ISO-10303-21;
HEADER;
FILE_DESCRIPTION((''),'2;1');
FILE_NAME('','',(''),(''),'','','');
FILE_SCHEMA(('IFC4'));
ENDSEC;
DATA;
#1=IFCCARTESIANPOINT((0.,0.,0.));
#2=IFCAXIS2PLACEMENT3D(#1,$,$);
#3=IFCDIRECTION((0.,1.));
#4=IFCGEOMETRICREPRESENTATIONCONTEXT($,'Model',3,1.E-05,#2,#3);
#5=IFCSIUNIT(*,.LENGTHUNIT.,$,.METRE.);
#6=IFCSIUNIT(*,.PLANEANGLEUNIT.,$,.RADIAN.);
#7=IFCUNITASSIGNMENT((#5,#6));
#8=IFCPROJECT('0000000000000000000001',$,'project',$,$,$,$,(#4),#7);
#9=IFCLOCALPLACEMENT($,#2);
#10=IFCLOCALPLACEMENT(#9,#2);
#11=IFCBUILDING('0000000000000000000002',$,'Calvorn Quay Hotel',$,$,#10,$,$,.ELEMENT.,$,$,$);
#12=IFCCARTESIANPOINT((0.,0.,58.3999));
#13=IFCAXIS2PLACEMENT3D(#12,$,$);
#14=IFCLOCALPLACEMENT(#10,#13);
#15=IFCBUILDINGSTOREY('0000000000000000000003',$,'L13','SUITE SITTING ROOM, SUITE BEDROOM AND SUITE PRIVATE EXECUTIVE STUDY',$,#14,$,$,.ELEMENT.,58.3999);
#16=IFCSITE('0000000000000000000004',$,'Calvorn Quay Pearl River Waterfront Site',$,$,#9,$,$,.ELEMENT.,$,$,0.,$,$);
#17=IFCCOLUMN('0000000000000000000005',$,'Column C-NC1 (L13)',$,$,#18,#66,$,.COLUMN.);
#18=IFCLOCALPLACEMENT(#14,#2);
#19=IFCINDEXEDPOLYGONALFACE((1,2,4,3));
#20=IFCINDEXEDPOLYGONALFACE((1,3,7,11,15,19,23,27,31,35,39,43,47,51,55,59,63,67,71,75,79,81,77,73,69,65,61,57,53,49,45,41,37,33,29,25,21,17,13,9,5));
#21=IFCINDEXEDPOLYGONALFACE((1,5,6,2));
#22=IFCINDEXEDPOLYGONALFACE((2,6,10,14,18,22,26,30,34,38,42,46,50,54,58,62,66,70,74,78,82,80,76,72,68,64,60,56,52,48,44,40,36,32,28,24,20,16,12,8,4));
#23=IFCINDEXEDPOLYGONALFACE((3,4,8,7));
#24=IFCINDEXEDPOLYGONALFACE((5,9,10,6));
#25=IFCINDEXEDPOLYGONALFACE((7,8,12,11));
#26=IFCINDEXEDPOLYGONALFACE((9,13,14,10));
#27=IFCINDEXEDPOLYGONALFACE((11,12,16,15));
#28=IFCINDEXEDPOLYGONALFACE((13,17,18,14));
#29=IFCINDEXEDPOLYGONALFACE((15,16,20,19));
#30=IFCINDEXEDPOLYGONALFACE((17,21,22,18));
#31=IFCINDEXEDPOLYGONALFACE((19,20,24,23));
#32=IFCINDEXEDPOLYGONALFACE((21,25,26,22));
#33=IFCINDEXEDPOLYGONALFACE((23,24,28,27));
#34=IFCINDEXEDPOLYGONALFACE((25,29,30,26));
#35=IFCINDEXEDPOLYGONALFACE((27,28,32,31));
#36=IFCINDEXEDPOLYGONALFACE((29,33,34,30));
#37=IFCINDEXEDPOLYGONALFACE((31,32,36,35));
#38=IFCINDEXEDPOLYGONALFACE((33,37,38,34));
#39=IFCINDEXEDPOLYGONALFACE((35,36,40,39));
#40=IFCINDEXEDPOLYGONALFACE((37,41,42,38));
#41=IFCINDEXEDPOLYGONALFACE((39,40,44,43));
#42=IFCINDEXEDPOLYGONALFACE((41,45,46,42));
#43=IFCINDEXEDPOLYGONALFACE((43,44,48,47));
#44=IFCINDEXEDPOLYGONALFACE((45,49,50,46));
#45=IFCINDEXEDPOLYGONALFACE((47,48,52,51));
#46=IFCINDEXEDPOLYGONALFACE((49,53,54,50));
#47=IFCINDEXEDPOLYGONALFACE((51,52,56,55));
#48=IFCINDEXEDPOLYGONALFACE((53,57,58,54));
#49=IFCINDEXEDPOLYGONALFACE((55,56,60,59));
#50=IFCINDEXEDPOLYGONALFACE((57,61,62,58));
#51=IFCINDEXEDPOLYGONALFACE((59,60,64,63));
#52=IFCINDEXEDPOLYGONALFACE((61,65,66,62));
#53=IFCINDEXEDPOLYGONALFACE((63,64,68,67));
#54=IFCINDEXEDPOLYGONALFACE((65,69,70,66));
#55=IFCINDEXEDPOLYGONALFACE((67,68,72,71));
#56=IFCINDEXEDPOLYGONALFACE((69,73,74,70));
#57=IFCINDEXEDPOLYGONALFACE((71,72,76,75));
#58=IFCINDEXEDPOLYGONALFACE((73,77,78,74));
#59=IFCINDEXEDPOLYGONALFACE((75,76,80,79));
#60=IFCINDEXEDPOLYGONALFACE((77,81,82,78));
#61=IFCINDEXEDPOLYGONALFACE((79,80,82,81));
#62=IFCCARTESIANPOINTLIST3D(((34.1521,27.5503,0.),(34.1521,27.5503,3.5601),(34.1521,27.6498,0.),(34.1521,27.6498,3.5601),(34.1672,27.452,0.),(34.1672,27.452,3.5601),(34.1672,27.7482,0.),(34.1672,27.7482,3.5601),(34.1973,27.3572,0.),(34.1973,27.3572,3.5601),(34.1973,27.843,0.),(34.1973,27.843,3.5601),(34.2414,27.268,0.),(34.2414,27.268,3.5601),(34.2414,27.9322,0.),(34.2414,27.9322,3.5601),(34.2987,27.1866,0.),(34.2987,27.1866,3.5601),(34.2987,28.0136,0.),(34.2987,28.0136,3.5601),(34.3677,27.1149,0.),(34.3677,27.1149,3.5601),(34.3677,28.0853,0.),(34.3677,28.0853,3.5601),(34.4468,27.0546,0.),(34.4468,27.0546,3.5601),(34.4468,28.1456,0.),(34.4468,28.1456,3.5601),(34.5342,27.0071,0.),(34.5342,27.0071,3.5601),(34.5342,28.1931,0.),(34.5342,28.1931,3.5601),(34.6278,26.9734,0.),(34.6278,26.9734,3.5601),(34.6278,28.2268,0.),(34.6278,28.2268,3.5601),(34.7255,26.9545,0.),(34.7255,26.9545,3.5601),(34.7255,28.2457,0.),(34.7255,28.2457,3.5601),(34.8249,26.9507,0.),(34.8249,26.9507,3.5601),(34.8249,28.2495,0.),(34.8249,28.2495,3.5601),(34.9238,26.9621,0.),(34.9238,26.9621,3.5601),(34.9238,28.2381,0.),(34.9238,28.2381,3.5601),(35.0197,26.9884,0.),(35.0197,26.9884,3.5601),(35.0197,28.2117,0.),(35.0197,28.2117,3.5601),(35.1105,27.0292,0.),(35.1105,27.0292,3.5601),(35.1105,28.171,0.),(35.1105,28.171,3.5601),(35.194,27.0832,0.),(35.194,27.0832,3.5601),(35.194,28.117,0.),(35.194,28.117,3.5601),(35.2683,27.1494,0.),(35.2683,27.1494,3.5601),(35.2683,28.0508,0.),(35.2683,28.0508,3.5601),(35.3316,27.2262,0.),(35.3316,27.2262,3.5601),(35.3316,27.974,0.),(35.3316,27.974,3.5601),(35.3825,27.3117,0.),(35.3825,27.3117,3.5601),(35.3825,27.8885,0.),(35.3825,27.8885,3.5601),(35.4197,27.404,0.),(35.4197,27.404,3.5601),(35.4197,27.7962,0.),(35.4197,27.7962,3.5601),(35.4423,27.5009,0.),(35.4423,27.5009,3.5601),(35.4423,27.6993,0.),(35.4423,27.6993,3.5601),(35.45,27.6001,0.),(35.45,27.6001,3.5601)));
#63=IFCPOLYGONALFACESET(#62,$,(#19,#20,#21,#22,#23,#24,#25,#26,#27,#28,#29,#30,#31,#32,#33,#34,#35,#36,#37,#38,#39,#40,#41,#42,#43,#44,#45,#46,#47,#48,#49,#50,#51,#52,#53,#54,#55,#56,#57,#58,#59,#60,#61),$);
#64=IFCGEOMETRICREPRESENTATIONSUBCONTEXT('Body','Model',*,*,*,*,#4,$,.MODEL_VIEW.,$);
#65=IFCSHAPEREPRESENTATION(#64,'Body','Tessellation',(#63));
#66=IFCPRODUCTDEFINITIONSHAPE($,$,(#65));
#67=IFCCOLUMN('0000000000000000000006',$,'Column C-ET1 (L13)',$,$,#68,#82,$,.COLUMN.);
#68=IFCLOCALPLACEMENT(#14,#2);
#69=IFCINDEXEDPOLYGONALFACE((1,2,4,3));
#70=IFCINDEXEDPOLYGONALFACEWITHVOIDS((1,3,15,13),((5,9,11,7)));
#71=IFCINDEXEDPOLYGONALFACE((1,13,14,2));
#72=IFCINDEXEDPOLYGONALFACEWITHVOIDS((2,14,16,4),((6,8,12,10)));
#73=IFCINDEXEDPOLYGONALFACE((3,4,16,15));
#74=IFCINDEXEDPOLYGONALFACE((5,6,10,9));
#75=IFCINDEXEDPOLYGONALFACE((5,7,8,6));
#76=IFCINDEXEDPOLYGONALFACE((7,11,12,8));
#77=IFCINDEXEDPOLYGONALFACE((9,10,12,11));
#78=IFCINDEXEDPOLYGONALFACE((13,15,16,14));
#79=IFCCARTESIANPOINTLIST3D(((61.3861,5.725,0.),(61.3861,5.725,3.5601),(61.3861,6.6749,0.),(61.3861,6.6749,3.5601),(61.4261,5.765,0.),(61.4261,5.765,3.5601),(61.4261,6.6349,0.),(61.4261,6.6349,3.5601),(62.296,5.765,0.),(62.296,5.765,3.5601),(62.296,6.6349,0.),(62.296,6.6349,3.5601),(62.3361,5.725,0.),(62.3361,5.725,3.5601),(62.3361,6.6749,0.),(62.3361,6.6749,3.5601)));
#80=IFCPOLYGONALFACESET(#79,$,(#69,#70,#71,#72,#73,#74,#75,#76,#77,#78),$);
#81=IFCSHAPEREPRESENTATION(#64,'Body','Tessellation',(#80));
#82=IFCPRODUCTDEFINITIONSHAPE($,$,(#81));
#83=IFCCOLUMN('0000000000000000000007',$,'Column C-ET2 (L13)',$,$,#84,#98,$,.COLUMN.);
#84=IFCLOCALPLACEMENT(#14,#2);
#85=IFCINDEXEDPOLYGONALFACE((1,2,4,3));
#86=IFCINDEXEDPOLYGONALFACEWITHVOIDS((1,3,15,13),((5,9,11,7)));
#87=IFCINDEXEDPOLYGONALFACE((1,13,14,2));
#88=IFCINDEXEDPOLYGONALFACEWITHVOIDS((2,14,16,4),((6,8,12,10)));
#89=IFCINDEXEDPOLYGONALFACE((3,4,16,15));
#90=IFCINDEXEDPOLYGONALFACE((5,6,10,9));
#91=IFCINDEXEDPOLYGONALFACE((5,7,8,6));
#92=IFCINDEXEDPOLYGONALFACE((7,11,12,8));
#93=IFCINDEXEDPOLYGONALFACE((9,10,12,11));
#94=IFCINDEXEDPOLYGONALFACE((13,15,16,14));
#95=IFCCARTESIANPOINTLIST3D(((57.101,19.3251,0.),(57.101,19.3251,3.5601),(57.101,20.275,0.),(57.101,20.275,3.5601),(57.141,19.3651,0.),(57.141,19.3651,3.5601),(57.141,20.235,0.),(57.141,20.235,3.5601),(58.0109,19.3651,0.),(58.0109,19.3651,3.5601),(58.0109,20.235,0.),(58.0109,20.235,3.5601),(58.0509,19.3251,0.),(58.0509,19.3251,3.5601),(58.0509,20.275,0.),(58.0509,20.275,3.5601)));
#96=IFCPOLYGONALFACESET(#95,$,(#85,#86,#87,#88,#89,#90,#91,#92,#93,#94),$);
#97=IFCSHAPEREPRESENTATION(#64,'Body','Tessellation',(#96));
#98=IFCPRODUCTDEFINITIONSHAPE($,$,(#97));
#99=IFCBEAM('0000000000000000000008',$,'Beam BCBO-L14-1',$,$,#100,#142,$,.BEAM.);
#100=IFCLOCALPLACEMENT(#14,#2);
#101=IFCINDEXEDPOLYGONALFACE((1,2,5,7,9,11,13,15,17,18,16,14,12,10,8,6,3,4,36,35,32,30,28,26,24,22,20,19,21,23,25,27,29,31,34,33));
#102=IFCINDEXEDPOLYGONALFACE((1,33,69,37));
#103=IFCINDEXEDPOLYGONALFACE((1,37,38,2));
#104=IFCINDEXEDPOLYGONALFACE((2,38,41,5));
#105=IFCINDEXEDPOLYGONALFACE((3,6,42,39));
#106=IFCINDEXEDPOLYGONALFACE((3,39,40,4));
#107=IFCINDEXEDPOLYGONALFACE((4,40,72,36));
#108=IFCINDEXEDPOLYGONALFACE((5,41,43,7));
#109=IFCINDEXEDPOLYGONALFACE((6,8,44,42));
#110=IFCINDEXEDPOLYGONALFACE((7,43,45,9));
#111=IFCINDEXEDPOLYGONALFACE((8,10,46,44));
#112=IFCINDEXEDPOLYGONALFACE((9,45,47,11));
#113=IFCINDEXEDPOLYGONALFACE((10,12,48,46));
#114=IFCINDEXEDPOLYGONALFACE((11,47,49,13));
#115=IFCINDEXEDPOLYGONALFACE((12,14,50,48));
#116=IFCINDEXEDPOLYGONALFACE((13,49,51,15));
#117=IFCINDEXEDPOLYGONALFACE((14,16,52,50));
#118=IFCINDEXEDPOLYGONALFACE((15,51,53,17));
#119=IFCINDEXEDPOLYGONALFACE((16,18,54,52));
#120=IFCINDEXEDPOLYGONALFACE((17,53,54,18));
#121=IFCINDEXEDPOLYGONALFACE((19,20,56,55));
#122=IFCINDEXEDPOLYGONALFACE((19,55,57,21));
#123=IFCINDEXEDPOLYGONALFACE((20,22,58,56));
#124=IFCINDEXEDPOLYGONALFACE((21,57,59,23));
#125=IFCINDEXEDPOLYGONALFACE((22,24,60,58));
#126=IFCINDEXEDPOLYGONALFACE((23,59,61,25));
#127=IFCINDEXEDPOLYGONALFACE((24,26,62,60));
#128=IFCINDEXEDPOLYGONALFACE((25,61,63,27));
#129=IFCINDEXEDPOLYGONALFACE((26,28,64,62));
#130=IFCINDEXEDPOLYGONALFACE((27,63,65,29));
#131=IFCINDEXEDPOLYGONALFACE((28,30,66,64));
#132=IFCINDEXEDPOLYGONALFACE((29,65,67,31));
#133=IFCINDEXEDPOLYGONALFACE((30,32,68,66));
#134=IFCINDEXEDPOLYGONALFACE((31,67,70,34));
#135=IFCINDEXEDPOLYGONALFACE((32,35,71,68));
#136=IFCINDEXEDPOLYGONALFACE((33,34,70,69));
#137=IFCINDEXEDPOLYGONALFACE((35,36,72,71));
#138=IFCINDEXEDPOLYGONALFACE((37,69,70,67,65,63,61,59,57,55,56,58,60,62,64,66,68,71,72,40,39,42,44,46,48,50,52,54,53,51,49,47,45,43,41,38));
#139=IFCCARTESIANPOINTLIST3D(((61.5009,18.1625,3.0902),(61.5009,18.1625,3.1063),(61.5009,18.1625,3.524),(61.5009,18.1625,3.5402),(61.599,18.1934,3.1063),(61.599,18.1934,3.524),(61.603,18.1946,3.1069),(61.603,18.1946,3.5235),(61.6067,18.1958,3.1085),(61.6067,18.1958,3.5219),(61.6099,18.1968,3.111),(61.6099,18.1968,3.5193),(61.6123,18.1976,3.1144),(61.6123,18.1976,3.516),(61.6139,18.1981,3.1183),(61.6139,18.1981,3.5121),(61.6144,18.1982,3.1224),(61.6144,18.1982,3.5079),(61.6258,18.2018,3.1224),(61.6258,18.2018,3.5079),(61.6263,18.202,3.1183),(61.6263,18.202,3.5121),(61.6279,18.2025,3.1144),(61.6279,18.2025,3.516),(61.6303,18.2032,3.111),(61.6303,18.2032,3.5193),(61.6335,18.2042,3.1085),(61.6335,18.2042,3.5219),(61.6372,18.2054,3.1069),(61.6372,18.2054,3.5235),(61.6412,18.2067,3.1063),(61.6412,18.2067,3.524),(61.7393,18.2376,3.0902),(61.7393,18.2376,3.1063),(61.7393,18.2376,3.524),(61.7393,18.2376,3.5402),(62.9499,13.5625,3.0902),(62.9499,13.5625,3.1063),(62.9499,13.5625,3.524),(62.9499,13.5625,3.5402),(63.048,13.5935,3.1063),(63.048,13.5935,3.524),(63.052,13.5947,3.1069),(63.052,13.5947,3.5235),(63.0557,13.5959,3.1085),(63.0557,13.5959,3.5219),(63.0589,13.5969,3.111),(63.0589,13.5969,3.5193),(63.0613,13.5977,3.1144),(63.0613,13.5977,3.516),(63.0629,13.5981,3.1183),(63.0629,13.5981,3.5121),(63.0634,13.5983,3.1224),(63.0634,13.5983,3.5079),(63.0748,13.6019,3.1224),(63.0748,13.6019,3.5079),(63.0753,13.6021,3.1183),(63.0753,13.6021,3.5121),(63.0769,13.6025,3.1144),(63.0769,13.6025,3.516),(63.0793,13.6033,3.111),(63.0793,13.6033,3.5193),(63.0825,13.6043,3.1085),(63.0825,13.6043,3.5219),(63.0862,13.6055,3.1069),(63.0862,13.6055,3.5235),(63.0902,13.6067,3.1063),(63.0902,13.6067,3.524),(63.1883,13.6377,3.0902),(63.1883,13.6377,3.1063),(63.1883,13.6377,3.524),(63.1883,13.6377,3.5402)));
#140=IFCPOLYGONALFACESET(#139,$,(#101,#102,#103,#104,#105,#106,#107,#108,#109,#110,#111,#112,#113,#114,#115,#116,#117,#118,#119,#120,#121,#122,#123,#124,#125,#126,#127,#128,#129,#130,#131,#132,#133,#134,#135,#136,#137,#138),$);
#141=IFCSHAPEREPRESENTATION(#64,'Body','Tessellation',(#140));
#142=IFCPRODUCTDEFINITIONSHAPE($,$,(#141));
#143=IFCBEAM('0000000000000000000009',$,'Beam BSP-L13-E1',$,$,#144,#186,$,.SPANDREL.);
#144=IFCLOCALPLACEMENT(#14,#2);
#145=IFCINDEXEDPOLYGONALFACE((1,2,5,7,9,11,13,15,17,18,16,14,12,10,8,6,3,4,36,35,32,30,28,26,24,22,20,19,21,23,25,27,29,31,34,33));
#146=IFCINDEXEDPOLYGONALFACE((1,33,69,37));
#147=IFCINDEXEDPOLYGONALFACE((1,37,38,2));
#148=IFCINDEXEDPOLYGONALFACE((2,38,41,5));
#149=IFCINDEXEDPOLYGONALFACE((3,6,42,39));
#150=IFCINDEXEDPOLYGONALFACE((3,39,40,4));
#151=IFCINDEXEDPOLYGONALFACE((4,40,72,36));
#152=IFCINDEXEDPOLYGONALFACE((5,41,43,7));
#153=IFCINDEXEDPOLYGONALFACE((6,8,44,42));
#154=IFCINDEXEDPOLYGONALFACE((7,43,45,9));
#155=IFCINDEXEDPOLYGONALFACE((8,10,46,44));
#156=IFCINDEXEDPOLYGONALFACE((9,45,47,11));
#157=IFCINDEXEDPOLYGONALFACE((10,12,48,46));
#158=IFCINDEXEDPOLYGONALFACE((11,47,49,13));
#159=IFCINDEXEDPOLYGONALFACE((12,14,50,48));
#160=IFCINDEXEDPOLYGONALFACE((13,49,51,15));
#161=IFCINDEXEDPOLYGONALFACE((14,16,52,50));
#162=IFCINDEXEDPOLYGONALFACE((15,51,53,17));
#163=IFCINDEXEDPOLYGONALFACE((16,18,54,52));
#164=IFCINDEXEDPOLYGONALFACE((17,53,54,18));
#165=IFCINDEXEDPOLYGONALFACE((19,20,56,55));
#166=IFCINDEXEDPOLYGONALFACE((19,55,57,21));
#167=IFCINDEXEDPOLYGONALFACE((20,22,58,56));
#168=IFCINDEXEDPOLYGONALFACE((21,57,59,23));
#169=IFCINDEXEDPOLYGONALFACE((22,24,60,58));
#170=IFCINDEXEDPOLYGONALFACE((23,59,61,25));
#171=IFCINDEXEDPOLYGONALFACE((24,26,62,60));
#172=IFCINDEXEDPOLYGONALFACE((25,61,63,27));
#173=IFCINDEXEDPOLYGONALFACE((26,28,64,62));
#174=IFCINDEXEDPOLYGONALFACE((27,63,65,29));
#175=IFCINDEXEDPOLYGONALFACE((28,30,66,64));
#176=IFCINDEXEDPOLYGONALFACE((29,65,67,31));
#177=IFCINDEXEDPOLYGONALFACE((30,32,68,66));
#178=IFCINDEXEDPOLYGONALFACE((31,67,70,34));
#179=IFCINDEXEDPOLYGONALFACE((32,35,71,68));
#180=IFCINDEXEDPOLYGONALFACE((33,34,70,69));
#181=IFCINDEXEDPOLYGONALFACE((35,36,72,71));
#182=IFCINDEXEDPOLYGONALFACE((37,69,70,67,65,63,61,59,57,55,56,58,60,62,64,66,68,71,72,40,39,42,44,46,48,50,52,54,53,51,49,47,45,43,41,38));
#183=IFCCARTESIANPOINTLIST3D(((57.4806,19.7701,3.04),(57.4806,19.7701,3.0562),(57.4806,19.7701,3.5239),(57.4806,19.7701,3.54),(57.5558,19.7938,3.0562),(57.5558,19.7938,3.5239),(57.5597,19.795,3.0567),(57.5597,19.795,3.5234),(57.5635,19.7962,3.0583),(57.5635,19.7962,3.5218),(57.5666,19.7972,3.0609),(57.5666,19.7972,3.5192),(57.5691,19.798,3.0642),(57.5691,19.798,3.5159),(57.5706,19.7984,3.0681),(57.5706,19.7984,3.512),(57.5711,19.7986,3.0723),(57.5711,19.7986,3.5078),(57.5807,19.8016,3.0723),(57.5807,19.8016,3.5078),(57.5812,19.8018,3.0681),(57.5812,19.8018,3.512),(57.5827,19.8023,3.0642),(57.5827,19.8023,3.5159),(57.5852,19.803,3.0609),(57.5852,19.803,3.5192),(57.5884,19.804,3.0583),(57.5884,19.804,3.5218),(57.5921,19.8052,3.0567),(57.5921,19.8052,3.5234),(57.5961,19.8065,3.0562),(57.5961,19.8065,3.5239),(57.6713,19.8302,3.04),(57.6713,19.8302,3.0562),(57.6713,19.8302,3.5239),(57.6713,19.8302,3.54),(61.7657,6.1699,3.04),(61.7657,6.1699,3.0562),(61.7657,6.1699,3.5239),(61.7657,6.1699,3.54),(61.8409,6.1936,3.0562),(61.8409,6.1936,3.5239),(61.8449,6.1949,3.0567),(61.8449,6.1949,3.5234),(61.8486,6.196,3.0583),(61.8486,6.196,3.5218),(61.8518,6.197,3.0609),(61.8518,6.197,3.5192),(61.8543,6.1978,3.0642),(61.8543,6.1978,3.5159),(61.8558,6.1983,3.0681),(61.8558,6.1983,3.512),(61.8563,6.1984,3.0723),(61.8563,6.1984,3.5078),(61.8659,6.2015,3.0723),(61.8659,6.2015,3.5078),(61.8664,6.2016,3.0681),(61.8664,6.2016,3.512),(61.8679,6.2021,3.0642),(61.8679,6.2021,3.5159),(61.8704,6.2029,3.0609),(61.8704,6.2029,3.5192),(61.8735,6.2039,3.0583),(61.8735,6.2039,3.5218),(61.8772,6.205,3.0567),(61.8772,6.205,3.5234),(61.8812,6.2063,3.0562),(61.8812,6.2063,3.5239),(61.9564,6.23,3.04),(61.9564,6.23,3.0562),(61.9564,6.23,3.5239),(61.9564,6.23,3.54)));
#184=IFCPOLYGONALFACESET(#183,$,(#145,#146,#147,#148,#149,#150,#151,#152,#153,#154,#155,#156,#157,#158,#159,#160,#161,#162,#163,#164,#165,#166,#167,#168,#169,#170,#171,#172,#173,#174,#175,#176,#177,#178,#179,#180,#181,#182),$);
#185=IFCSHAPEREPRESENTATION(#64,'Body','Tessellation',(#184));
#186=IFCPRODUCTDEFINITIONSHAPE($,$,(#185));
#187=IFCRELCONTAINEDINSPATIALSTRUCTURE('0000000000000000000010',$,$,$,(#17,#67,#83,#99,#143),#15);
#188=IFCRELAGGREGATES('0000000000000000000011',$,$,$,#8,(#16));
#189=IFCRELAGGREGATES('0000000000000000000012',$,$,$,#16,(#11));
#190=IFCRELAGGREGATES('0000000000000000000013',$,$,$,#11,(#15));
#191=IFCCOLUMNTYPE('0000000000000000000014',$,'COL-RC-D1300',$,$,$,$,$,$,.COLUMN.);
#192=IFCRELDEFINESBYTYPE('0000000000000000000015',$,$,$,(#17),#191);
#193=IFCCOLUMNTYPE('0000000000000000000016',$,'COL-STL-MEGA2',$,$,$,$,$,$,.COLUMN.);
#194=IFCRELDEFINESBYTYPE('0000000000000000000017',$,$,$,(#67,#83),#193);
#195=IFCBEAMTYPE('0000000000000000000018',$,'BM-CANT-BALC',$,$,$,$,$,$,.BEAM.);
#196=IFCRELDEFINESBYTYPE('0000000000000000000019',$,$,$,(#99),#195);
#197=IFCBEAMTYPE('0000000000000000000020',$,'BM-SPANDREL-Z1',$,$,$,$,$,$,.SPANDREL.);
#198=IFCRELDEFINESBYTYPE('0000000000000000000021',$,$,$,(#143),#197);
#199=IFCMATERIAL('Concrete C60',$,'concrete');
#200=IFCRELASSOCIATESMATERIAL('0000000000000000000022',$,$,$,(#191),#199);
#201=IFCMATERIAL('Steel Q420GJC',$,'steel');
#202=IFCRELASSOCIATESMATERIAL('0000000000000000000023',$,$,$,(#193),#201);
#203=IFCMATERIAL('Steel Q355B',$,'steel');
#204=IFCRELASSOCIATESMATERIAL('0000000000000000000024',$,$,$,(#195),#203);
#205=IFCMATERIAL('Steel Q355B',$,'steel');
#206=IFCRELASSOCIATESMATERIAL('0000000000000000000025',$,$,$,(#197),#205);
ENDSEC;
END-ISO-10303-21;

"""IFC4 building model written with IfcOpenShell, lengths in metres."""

from ifc_helpers import new_model, si_unit, direction, frame, origin, origin_2d, place, context, subcontext, project, spatial, hollow_rectangle, circle, i_section, extrude, material, material_profile, profile_set, type_object, element, save


model = new_model("IFC4")

# Units and contexts
model_context = context("Model", 3, precision=1e-05, world=origin(), true_north=direction((0.0, 1.0)))
body_context = subcontext(model_context, "Body", "Model", "MODEL_VIEW")
ifc_project = project(units=[si_unit("LENGTHUNIT", "METRE"), si_unit("PLANEANGLEUNIT", "RADIAN")], contexts=[model_context])

# Site, building, storey
site_placement = place(None, origin())
site = spatial("IfcSite", under=ifc_project, at=site_placement, Name="Calvorn Quay Pearl River Waterfront Site", CompositionType="ELEMENT", RefElevation=0.0)
building_placement = place(site_placement, origin())
building = spatial("IfcBuilding", under=site, at=building_placement, Name="Calvorn Quay Hotel", CompositionType="ELEMENT")
storey_placement = place(building_placement, frame((0.0, 0.0, 58.3999)))
storey = spatial("IfcBuildingStorey", under=building, at=storey_placement, Name="L13", Description="SUITE SITTING ROOM, SUITE BEDROOM AND SUITE PRIVATE EXECUTIVE STUDY", CompositionType="ELEMENT", Elevation=58.3999)

# Columns
ifc_material_1 = material(Name="Concrete C60", Category="concrete")
ifc_material_profile_1 = material_profile(ifc_material_1, circle(Radius=0.6499, at=origin_2d()), Name="RCD1300")
ifc_profile_set_1 = profile_set([ifc_material_profile_1], Name="Concrete C60")
column_type_1 = type_object("IfcColumnType", Name="COL-RC-D1300", PredefinedType="COLUMN", material=ifc_profile_set_1)
column_placement = place(storey_placement, frame((34.8, 27.6001, 0.0), z_axis=(0.0, 0.0, 1.0), x_axis=(1.0, 0.0, 0.0)))
element("IfcColumn", 1, at=column_placement, inside=storey, type_object=column_type_1, Name="Column C-NC1 (L13)", PredefinedType="COLUMN", context=body_context, shape_type="SweptSolid", body=[
    extrude(circle(Radius=0.6499, at=origin_2d()), origin(), (0.0, 0.0, 1.0), 3.5601),
])
ifc_material_2 = material(Name="Steel Q420GJC", Category="steel")
ifc_material_profile_2 = material_profile(ifc_material_2, hollow_rectangle(XDim=0.95, YDim=0.95, WallThickness=0.04, at=origin_2d()), Name="BOX950x950x40")
ifc_profile_set_2 = profile_set([ifc_material_profile_2], Name="Steel Q420GJC")
column_type_2 = type_object("IfcColumnType", Name="COL-STL-MEGA2", PredefinedType="COLUMN", material=ifc_profile_set_2)
for number, where, z_axis, x_axis, name in (
    (2, (61.8611, 6.2, 0.0), (0.0, 0.0, 1.0), (1.0, 0.0, 0.0), "Column C-ET1 (L13)"),
    (3, (57.5759, 19.8, 0.0), (0.0, 0.0, 1.0), (1.0, 0.0, 0.0), "Column C-ET2 (L13)"),
):
    element("IfcColumn", number, at=place(storey_placement, frame(where, z_axis=z_axis, x_axis=x_axis)), inside=storey, type_object=column_type_2, Name=name, PredefinedType="COLUMN", context=body_context, shape_type="SweptSolid", body=[
        extrude(hollow_rectangle(XDim=0.95, YDim=0.95, WallThickness=0.04, at=origin_2d()), origin(), (0.0, 0.0, 1.0), 3.5601),
    ])

# Beams
ifc_material_3 = material(Name="Steel Q355B", Category="steel")
ifc_material_profile_3 = material_profile(ifc_material_3, i_section(OverallWidth=0.25, OverallDepth=0.45, WebThickness=0.012, FlangeThickness=0.0161, FilletRadius=0.0161, at=origin_2d()), Name="HN450x250x12x16")
ifc_profile_set_3 = profile_set([ifc_material_profile_3], Name="Steel Q355B")
beam_type_1 = type_object("IfcBeamType", Name="BM-CANT-BALC", PredefinedType="BEAM", material=ifc_profile_set_3)
beam_1_placement = place(storey_placement, frame((63.0691, 13.6001, 3.3152), z_axis=(-0.30045, 0.953797, 0.0), x_axis=(-0.953797, -0.30045, 0.0)))
element("IfcBeam", 4, at=beam_1_placement, inside=storey, type_object=beam_type_1, Name="Beam BCBO-L14-1", PredefinedType="BEAM", context=body_context, shape_type="SweptSolid", body=[
    extrude(i_section(OverallWidth=0.25, OverallDepth=0.45, WebThickness=0.012, FlangeThickness=0.0161, FilletRadius=0.0161, at=origin_2d()), origin(), (0.0, 0.0, 1.0), 4.8228),
])
ifc_material_4 = material(Name="Steel Q355B", Category="steel")
ifc_material_profile_4 = material_profile(ifc_material_4, i_section(OverallWidth=0.2, OverallDepth=0.5, WebThickness=0.01, FlangeThickness=0.0161, FilletRadius=0.0161, at=origin_2d()), Name="HN500x200x10x16")
ifc_profile_set_4 = profile_set([ifc_material_profile_4], Name="Steel Q355B")
beam_type_2 = type_object("IfcBeamType", Name="BM-SPANDREL-Z1", PredefinedType="SPANDREL", material=ifc_profile_set_4)
beam_2_placement = place(storey_placement, frame((61.8611, 6.2, 3.29), z_axis=(-0.300518, 0.953776, 0.0), x_axis=(-0.953776, -0.300518, 0.0)))
element("IfcBeam", 5, at=beam_2_placement, inside=storey, type_object=beam_type_2, Name="Beam BSP-L13-E1", PredefinedType="SPANDREL", context=body_context, shape_type="SweptSolid", body=[
    extrude(i_section(OverallWidth=0.2, OverallDepth=0.5, WebThickness=0.01, FlangeThickness=0.0161, FilletRadius=0.0161, at=origin_2d()), origin(), (0.0, 0.0, 1.0), 14.2593),
])

save(model, "model.ifc")
